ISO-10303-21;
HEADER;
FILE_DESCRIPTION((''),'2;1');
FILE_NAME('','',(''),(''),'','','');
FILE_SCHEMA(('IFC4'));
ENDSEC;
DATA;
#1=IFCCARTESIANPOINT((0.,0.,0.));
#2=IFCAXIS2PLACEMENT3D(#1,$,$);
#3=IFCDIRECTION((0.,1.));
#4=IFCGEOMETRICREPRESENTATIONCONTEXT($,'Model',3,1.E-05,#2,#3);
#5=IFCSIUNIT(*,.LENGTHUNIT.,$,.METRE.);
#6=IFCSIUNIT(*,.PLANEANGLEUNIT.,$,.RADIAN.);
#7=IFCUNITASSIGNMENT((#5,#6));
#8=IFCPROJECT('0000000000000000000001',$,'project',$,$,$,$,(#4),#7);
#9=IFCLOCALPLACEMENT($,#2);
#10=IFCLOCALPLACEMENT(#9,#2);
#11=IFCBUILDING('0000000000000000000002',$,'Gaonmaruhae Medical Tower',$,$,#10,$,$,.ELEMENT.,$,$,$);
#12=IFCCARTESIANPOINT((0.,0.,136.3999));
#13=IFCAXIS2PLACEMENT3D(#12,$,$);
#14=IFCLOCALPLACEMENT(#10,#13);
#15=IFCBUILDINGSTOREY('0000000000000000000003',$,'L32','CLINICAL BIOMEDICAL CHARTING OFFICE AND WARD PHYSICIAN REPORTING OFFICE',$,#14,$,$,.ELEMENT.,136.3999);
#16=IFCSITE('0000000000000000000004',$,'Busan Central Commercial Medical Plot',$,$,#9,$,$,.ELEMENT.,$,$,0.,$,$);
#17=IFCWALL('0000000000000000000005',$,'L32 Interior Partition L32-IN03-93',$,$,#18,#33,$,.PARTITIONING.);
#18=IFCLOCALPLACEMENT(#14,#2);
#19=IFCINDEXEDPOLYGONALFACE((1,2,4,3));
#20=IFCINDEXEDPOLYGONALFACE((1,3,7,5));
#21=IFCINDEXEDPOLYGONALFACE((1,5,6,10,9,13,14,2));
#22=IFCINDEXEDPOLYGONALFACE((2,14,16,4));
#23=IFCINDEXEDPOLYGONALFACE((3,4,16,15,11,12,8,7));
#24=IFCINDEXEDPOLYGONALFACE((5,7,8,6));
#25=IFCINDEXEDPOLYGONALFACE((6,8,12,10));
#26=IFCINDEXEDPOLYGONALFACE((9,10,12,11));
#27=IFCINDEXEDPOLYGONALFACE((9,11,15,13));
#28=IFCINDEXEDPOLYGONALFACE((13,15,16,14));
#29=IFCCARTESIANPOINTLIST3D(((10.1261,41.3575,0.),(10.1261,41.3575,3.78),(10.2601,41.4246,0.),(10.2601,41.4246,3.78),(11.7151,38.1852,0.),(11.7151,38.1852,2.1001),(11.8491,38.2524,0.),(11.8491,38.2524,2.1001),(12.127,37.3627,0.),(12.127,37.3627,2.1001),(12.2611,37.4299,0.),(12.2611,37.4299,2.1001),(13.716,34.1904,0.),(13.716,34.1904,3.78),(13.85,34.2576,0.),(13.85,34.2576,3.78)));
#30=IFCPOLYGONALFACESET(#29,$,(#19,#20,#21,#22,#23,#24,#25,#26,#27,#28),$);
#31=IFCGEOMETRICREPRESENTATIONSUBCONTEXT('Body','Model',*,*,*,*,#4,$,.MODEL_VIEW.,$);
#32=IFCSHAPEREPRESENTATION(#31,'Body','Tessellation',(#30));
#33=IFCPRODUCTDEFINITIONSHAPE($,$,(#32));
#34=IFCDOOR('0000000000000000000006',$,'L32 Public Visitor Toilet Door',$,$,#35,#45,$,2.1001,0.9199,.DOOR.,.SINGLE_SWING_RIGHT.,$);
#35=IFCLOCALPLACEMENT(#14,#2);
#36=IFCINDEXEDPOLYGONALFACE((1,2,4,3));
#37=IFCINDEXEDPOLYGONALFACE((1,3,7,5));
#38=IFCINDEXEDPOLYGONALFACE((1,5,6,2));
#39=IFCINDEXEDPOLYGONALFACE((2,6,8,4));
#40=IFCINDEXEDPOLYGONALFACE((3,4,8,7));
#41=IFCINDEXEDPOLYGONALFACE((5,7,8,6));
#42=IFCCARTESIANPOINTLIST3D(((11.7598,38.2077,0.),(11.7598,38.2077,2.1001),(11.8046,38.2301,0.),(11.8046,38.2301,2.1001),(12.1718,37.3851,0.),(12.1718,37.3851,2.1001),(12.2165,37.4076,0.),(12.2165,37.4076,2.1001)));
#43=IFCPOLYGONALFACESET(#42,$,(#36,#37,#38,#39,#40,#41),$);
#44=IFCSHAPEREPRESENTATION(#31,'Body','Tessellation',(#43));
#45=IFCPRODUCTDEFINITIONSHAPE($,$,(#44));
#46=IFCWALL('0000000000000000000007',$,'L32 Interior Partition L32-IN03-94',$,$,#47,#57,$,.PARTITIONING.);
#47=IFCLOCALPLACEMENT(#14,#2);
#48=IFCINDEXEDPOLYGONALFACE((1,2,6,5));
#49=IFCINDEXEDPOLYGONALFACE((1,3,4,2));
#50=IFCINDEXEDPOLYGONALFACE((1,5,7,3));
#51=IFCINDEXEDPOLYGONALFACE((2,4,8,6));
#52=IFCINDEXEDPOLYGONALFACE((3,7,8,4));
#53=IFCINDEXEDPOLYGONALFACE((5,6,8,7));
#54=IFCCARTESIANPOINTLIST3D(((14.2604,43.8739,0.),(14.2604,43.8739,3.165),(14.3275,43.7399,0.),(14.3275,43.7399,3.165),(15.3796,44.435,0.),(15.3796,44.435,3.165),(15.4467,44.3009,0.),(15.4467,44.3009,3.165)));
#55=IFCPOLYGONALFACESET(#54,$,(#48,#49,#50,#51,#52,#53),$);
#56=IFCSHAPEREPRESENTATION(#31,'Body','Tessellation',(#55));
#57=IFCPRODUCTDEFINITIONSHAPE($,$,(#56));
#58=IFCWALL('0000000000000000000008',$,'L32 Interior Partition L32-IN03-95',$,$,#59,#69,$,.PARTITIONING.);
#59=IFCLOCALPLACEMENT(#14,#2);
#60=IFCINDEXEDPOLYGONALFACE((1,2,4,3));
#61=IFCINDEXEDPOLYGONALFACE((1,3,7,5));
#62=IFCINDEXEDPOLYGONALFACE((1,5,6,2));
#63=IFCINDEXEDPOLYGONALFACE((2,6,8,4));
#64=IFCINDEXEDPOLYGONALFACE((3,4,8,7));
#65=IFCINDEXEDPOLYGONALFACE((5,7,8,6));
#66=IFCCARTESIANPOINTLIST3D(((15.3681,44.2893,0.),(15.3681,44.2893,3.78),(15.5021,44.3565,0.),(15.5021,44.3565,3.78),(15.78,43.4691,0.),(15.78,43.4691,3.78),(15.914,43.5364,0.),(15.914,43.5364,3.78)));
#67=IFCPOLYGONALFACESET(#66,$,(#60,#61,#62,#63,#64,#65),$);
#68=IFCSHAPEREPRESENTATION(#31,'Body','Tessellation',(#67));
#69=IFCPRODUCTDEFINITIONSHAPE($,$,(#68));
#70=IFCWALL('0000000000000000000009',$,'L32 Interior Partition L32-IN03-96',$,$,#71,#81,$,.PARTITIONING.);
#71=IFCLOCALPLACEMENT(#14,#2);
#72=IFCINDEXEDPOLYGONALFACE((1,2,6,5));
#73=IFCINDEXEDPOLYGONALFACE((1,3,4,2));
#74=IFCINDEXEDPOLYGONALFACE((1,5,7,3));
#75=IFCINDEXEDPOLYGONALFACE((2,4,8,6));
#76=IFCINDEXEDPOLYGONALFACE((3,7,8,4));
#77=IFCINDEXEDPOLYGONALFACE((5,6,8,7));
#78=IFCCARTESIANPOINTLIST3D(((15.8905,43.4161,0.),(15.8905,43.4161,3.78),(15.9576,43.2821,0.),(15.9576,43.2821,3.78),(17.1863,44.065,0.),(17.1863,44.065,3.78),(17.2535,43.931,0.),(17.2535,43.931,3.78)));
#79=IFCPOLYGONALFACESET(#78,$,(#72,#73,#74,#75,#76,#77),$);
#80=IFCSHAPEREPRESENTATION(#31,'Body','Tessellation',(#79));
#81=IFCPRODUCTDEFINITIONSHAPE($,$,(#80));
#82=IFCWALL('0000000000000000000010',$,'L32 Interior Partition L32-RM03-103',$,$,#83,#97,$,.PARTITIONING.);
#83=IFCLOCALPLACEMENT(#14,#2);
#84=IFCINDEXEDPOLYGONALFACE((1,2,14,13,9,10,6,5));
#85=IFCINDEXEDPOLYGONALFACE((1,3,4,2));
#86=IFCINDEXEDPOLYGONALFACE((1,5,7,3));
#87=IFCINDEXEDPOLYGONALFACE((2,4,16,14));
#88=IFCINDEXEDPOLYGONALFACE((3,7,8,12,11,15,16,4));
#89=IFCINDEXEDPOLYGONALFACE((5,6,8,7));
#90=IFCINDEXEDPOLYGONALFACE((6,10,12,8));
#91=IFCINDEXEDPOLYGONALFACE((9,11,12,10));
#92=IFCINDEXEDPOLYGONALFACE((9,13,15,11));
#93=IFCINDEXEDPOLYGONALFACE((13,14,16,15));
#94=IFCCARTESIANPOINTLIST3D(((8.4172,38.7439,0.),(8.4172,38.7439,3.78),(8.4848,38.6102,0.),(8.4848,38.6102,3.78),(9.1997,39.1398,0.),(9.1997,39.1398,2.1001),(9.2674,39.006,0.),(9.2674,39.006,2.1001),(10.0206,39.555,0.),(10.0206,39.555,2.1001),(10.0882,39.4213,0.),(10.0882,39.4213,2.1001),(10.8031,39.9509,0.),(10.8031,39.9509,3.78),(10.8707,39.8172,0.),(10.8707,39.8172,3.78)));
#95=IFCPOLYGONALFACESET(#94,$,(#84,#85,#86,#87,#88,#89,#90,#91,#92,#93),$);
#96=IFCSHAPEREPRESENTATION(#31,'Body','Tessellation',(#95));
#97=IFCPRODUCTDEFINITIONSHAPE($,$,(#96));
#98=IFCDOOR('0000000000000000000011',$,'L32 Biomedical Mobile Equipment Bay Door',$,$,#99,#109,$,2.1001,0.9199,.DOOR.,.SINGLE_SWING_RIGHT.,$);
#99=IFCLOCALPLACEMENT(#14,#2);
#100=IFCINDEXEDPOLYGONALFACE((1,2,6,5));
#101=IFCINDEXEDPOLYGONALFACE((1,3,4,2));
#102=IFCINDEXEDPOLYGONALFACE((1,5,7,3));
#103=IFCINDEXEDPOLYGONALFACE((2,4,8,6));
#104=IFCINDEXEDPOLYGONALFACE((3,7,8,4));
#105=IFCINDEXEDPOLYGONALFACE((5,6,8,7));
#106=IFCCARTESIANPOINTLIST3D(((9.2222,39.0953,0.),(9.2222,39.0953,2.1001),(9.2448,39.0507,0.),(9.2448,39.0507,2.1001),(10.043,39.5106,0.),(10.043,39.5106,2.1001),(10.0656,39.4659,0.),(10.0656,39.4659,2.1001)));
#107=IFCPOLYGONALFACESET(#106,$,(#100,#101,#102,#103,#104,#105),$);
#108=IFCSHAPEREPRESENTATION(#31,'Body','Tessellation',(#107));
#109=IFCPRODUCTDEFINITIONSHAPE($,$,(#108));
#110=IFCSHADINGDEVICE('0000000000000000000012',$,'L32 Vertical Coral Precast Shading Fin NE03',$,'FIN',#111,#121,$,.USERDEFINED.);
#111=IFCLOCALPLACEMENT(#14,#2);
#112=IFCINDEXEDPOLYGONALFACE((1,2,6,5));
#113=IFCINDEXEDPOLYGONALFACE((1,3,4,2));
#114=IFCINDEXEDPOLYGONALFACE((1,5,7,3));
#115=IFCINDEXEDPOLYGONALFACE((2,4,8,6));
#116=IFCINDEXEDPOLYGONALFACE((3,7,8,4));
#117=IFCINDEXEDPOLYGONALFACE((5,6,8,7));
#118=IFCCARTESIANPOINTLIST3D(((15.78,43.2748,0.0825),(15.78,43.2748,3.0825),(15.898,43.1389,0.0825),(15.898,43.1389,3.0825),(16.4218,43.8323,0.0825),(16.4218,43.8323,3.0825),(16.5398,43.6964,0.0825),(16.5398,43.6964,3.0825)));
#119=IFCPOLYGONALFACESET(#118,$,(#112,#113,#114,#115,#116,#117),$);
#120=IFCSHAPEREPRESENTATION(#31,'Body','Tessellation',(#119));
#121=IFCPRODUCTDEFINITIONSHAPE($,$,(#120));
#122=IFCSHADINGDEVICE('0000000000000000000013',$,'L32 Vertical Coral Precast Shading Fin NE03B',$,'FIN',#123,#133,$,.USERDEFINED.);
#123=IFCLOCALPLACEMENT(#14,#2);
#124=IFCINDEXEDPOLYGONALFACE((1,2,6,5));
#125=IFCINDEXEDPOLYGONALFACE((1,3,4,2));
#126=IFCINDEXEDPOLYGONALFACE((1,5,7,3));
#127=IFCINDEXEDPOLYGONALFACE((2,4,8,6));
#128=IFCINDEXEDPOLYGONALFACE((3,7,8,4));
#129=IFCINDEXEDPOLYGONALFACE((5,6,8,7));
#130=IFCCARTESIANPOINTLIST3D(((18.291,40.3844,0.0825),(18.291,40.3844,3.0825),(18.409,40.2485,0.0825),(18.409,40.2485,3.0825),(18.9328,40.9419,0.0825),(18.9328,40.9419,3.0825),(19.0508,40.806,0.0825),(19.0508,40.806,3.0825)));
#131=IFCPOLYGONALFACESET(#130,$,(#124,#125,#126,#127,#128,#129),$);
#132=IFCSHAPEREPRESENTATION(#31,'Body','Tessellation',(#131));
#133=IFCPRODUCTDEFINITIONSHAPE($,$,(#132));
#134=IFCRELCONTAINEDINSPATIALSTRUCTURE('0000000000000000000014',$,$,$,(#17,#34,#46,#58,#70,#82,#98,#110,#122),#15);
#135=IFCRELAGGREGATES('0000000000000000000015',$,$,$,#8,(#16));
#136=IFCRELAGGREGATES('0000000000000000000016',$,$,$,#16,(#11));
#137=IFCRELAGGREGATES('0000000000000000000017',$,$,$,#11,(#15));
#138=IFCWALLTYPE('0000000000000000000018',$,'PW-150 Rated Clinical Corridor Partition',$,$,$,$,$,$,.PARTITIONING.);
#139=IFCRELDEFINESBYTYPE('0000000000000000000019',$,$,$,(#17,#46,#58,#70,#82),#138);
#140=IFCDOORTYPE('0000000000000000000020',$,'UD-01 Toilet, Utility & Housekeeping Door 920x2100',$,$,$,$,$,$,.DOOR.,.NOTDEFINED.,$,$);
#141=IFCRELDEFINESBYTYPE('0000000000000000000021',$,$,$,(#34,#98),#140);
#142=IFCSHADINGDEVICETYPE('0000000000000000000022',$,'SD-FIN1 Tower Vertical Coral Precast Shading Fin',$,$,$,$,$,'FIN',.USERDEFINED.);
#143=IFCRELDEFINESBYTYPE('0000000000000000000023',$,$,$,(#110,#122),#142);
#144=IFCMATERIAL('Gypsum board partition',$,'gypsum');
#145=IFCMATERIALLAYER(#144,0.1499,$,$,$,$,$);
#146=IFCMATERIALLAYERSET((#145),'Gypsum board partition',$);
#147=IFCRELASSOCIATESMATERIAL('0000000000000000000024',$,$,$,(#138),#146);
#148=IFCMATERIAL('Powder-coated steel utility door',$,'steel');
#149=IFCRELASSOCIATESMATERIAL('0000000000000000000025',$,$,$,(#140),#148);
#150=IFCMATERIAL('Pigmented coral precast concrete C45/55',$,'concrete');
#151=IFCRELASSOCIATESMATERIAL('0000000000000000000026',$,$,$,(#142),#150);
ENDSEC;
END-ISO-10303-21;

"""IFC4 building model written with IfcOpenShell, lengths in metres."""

from ifc_helpers import new_model, si_unit, direction, frame, frame_2d, origin, origin_2d, place, context, subcontext, project, spatial, rectangle, extrude, material, layer, layer_set, type_object, element, fill, save


model = new_model("IFC4")

# Units and contexts
model_context = context("Model", 3, precision=1e-05, world=origin(), true_north=direction((0.0, 1.0)))
body_context = subcontext(model_context, "Body", "Model", "MODEL_VIEW")
ifc_project = project(units=[si_unit("LENGTHUNIT", "METRE"), si_unit("PLANEANGLEUNIT", "RADIAN")], contexts=[model_context])

# Site, building, storey
site_placement = place(None, origin())
site = spatial("IfcSite", under=ifc_project, at=site_placement, Name="Busan Central Commercial Medical Plot", CompositionType="ELEMENT", RefElevation=0.0)
building_placement = place(site_placement, origin())
building = spatial("IfcBuilding", under=site, at=building_placement, Name="Gaonmaruhae Medical Tower", CompositionType="ELEMENT")
storey_placement = place(building_placement, frame((0.0, 0.0, 136.3999)))
storey = spatial("IfcBuildingStorey", under=building, at=storey_placement, Name="L32", Description="CLINICAL BIOMEDICAL CHARTING OFFICE AND WARD PHYSICIAN REPORTING OFFICE", CompositionType="ELEMENT", Elevation=136.3999)

# Shared definitions
ifc_material_1 = material(Name="Gypsum board partition", Category="gypsum")
ifc_layer_1 = layer(ifc_material_1, 0.1499)
ifc_layer_set_1 = layer_set([ifc_layer_1], Name="Gypsum board partition")
wall_type_1 = type_object("IfcWallType", Name="PW-150 Rated Clinical Corridor Partition", PredefinedType="PARTITIONING", material=ifc_layer_set_1)

# Wall, opening, door
wall_1_placement = place(storey_placement, frame((13.783, 34.2241, 0.0), z_axis=(0.0, 0.0, 1.0), x_axis=(-0.447847, 0.89411, 0.0)))
wall_1 = element("IfcWall", 1, at=wall_1_placement, inside=storey, type_object=wall_type_1, Name="L32 Interior Partition L32-IN03-93", PredefinedType="PARTITIONING", context=body_context, shape_type="SweptSolid", body=[
    extrude(rectangle(XDim=8.0159, YDim=0.1499, at=frame_2d((4.0078, 0.0))), origin(), (0.0, 0.0, 1.0), 3.78),
])
opening_1_placement = place(wall_1_placement, frame((3.5479, 0.0, 0.0)))
opening_1 = element("IfcOpeningElement", 2, at=opening_1_placement, cuts=wall_1, PredefinedType="OPENING", context=body_context, shape_type="SweptSolid", body=[
    extrude(rectangle(XDim=0.9199, YDim=2.1001, at=frame_2d((0.46, 1.05))), frame((0.0, 0.085, 0.0), z_axis=(0.0, -1.0, 0.0), x_axis=(1.0, 0.0, 0.0)), (0.0, 0.0, 1.0), 0.1699),
])
ifc_material_2 = material(Name="Powder-coated steel utility door", Category="steel")
door_type = type_object("IfcDoorType", Name="UD-01 Toilet, Utility & Housekeeping Door 920x2100", OperationType="NOTDEFINED", PredefinedType="DOOR", material=ifc_material_2)
door_1_placement = place(opening_1_placement, origin())
door_1 = element("IfcDoor", 3, at=door_1_placement, inside=storey, type_object=door_type, Name="L32 Public Visitor Toilet Door", OperationType="SINGLE_SWING_RIGHT", OverallHeight=2.1001, OverallWidth=0.9199, PredefinedType="DOOR", context=body_context, shape_type="SweptSolid", body=[
    extrude(rectangle(XDim=0.9199, YDim=2.1001, at=frame_2d((0.46, 1.05))), frame((0.0, 0.0249, 0.0), z_axis=(0.0, -1.0, 0.0), x_axis=(1.0, 0.0, 0.0)), (0.0, 0.0, 1.0), 0.05),
])
fill(opening_1, door_1)

# Walls
wall_2_placement = place(storey_placement, frame((14.2939, 43.8069, 0.0), z_axis=(0.0, 0.0, 1.0), x_axis=(0.893959, 0.448149, 0.0)))
element("IfcWall", 4, at=wall_2_placement, inside=storey, type_object=wall_type_1, Name="L32 Interior Partition L32-IN03-94", PredefinedType="PARTITIONING", context=body_context, shape_type="SweptSolid", body=[
    extrude(rectangle(XDim=1.252, YDim=0.1499, at=frame_2d((0.626, 0.0))), origin(), (0.0, 0.0, 1.0), 3.165),
])
wall_3_placement = place(storey_placement, frame((15.4351, 44.323, 0.0), z_axis=(0.0, 0.0, 1.0), x_axis=(0.448809, -0.893628, 0.0)))
element("IfcWall", 5, at=wall_3_placement, inside=storey, type_object=wall_type_1, Name="L32 Interior Partition L32-IN03-95", PredefinedType="PARTITIONING", context=body_context, shape_type="SweptSolid", body=[
    extrude(rectangle(XDim=0.9177, YDim=0.1499, at=frame_2d((0.459, 0.0))), origin(), (0.0, 0.0, 1.0), 3.78),
])
wall_4_placement = place(storey_placement, frame((15.9241, 43.3491, 0.0), z_axis=(0.0, 0.0, 1.0), x_axis=(0.894158, 0.447753, 0.0)))
element("IfcWall", 6, at=wall_4_placement, inside=storey, type_object=wall_type_1, Name="L32 Interior Partition L32-IN03-96", PredefinedType="PARTITIONING", context=body_context, shape_type="SweptSolid", body=[
    extrude(rectangle(XDim=1.4492, YDim=0.1499, at=frame_2d((0.7246, 0.0))), origin(), (0.0, 0.0, 1.0), 3.78),
])

# Wall, opening, door
wall_5_placement = place(storey_placement, frame((10.8369, 39.884, 0.0), z_axis=(0.0, 0.0, 1.0), x_axis=(-0.892317, -0.451409, 0.0)))
wall_5 = element("IfcWall", 7, at=wall_5_placement, inside=storey, type_object=wall_type_1, Name="L32 Interior Partition L32-RM03-103", PredefinedType="PARTITIONING", context=body_context, shape_type="SweptSolid", body=[
    extrude(rectangle(XDim=2.6738, YDim=0.1499, at=frame_2d((1.3369, 0.0))), origin(), (0.0, 0.0, 1.0), 3.78),
])
opening_2_placement = place(wall_5_placement, frame((0.877, 0.0, 0.0)))
opening_2 = element("IfcOpeningElement", 8, at=opening_2_placement, cuts=wall_5, PredefinedType="OPENING", context=body_context, shape_type="SweptSolid", body=[
    extrude(rectangle(XDim=0.9199, YDim=2.1001, at=frame_2d((0.46, 1.05))), frame((0.0, 0.085, 0.0), z_axis=(0.0, -1.0, 0.0), x_axis=(1.0, 0.0, 0.0)), (0.0, 0.0, 1.0), 0.1699),
])
door_2_placement = place(opening_2_placement, origin())
door_2 = element("IfcDoor", 9, at=door_2_placement, inside=storey, type_object=door_type, Name="L32 Biomedical Mobile Equipment Bay Door", OperationType="SINGLE_SWING_RIGHT", OverallHeight=2.1001, OverallWidth=0.9199, PredefinedType="DOOR", context=body_context, shape_type="SweptSolid", body=[
    extrude(rectangle(XDim=0.9199, YDim=2.1001, at=frame_2d((0.46, 1.05))), frame((0.0, 0.0249, 0.0), z_axis=(0.0, -1.0, 0.0), x_axis=(1.0, 0.0, 0.0)), (0.0, 0.0, 1.0), 0.05),
])
fill(opening_2, door_2)

# Shading devices
ifc_material_3 = material(Name="Pigmented coral precast concrete C45/55", Category="concrete")
shading_device_type = type_object("IfcShadingDeviceType", Name="SD-FIN1 Tower Vertical Coral Precast Shading Fin", ElementType="FIN", PredefinedType="USERDEFINED", material=ifc_material_3)
for number, where, z_axis, x_axis, name in (
    (10, (16.1599, 43.4856, 0.0825), (0.0, 0.0, 1.0), (0.655809, -0.754927, 0.0), "L32 Vertical Coral Precast Shading Fin NE03"),
    (11, (18.6709, 40.5952, 0.0825), (0.0, 0.0, 1.0), (0.655809, -0.754927, 0.0), "L32 Vertical Coral Precast Shading Fin NE03B"),
):
    element("IfcShadingDevice", number, at=place(storey_placement, frame(where, z_axis=z_axis, x_axis=x_axis)), inside=storey, type_object=shading_device_type, Name=name, ObjectType="FIN", PredefinedType="USERDEFINED", context=body_context, shape_type="SweptSolid", body=[
        extrude(rectangle(XDim=0.1799, YDim=0.8501, at=origin_2d()), origin(), (0.0, 0.0, 1.0), 3.0),
    ])

save(model, "model.ifc")
